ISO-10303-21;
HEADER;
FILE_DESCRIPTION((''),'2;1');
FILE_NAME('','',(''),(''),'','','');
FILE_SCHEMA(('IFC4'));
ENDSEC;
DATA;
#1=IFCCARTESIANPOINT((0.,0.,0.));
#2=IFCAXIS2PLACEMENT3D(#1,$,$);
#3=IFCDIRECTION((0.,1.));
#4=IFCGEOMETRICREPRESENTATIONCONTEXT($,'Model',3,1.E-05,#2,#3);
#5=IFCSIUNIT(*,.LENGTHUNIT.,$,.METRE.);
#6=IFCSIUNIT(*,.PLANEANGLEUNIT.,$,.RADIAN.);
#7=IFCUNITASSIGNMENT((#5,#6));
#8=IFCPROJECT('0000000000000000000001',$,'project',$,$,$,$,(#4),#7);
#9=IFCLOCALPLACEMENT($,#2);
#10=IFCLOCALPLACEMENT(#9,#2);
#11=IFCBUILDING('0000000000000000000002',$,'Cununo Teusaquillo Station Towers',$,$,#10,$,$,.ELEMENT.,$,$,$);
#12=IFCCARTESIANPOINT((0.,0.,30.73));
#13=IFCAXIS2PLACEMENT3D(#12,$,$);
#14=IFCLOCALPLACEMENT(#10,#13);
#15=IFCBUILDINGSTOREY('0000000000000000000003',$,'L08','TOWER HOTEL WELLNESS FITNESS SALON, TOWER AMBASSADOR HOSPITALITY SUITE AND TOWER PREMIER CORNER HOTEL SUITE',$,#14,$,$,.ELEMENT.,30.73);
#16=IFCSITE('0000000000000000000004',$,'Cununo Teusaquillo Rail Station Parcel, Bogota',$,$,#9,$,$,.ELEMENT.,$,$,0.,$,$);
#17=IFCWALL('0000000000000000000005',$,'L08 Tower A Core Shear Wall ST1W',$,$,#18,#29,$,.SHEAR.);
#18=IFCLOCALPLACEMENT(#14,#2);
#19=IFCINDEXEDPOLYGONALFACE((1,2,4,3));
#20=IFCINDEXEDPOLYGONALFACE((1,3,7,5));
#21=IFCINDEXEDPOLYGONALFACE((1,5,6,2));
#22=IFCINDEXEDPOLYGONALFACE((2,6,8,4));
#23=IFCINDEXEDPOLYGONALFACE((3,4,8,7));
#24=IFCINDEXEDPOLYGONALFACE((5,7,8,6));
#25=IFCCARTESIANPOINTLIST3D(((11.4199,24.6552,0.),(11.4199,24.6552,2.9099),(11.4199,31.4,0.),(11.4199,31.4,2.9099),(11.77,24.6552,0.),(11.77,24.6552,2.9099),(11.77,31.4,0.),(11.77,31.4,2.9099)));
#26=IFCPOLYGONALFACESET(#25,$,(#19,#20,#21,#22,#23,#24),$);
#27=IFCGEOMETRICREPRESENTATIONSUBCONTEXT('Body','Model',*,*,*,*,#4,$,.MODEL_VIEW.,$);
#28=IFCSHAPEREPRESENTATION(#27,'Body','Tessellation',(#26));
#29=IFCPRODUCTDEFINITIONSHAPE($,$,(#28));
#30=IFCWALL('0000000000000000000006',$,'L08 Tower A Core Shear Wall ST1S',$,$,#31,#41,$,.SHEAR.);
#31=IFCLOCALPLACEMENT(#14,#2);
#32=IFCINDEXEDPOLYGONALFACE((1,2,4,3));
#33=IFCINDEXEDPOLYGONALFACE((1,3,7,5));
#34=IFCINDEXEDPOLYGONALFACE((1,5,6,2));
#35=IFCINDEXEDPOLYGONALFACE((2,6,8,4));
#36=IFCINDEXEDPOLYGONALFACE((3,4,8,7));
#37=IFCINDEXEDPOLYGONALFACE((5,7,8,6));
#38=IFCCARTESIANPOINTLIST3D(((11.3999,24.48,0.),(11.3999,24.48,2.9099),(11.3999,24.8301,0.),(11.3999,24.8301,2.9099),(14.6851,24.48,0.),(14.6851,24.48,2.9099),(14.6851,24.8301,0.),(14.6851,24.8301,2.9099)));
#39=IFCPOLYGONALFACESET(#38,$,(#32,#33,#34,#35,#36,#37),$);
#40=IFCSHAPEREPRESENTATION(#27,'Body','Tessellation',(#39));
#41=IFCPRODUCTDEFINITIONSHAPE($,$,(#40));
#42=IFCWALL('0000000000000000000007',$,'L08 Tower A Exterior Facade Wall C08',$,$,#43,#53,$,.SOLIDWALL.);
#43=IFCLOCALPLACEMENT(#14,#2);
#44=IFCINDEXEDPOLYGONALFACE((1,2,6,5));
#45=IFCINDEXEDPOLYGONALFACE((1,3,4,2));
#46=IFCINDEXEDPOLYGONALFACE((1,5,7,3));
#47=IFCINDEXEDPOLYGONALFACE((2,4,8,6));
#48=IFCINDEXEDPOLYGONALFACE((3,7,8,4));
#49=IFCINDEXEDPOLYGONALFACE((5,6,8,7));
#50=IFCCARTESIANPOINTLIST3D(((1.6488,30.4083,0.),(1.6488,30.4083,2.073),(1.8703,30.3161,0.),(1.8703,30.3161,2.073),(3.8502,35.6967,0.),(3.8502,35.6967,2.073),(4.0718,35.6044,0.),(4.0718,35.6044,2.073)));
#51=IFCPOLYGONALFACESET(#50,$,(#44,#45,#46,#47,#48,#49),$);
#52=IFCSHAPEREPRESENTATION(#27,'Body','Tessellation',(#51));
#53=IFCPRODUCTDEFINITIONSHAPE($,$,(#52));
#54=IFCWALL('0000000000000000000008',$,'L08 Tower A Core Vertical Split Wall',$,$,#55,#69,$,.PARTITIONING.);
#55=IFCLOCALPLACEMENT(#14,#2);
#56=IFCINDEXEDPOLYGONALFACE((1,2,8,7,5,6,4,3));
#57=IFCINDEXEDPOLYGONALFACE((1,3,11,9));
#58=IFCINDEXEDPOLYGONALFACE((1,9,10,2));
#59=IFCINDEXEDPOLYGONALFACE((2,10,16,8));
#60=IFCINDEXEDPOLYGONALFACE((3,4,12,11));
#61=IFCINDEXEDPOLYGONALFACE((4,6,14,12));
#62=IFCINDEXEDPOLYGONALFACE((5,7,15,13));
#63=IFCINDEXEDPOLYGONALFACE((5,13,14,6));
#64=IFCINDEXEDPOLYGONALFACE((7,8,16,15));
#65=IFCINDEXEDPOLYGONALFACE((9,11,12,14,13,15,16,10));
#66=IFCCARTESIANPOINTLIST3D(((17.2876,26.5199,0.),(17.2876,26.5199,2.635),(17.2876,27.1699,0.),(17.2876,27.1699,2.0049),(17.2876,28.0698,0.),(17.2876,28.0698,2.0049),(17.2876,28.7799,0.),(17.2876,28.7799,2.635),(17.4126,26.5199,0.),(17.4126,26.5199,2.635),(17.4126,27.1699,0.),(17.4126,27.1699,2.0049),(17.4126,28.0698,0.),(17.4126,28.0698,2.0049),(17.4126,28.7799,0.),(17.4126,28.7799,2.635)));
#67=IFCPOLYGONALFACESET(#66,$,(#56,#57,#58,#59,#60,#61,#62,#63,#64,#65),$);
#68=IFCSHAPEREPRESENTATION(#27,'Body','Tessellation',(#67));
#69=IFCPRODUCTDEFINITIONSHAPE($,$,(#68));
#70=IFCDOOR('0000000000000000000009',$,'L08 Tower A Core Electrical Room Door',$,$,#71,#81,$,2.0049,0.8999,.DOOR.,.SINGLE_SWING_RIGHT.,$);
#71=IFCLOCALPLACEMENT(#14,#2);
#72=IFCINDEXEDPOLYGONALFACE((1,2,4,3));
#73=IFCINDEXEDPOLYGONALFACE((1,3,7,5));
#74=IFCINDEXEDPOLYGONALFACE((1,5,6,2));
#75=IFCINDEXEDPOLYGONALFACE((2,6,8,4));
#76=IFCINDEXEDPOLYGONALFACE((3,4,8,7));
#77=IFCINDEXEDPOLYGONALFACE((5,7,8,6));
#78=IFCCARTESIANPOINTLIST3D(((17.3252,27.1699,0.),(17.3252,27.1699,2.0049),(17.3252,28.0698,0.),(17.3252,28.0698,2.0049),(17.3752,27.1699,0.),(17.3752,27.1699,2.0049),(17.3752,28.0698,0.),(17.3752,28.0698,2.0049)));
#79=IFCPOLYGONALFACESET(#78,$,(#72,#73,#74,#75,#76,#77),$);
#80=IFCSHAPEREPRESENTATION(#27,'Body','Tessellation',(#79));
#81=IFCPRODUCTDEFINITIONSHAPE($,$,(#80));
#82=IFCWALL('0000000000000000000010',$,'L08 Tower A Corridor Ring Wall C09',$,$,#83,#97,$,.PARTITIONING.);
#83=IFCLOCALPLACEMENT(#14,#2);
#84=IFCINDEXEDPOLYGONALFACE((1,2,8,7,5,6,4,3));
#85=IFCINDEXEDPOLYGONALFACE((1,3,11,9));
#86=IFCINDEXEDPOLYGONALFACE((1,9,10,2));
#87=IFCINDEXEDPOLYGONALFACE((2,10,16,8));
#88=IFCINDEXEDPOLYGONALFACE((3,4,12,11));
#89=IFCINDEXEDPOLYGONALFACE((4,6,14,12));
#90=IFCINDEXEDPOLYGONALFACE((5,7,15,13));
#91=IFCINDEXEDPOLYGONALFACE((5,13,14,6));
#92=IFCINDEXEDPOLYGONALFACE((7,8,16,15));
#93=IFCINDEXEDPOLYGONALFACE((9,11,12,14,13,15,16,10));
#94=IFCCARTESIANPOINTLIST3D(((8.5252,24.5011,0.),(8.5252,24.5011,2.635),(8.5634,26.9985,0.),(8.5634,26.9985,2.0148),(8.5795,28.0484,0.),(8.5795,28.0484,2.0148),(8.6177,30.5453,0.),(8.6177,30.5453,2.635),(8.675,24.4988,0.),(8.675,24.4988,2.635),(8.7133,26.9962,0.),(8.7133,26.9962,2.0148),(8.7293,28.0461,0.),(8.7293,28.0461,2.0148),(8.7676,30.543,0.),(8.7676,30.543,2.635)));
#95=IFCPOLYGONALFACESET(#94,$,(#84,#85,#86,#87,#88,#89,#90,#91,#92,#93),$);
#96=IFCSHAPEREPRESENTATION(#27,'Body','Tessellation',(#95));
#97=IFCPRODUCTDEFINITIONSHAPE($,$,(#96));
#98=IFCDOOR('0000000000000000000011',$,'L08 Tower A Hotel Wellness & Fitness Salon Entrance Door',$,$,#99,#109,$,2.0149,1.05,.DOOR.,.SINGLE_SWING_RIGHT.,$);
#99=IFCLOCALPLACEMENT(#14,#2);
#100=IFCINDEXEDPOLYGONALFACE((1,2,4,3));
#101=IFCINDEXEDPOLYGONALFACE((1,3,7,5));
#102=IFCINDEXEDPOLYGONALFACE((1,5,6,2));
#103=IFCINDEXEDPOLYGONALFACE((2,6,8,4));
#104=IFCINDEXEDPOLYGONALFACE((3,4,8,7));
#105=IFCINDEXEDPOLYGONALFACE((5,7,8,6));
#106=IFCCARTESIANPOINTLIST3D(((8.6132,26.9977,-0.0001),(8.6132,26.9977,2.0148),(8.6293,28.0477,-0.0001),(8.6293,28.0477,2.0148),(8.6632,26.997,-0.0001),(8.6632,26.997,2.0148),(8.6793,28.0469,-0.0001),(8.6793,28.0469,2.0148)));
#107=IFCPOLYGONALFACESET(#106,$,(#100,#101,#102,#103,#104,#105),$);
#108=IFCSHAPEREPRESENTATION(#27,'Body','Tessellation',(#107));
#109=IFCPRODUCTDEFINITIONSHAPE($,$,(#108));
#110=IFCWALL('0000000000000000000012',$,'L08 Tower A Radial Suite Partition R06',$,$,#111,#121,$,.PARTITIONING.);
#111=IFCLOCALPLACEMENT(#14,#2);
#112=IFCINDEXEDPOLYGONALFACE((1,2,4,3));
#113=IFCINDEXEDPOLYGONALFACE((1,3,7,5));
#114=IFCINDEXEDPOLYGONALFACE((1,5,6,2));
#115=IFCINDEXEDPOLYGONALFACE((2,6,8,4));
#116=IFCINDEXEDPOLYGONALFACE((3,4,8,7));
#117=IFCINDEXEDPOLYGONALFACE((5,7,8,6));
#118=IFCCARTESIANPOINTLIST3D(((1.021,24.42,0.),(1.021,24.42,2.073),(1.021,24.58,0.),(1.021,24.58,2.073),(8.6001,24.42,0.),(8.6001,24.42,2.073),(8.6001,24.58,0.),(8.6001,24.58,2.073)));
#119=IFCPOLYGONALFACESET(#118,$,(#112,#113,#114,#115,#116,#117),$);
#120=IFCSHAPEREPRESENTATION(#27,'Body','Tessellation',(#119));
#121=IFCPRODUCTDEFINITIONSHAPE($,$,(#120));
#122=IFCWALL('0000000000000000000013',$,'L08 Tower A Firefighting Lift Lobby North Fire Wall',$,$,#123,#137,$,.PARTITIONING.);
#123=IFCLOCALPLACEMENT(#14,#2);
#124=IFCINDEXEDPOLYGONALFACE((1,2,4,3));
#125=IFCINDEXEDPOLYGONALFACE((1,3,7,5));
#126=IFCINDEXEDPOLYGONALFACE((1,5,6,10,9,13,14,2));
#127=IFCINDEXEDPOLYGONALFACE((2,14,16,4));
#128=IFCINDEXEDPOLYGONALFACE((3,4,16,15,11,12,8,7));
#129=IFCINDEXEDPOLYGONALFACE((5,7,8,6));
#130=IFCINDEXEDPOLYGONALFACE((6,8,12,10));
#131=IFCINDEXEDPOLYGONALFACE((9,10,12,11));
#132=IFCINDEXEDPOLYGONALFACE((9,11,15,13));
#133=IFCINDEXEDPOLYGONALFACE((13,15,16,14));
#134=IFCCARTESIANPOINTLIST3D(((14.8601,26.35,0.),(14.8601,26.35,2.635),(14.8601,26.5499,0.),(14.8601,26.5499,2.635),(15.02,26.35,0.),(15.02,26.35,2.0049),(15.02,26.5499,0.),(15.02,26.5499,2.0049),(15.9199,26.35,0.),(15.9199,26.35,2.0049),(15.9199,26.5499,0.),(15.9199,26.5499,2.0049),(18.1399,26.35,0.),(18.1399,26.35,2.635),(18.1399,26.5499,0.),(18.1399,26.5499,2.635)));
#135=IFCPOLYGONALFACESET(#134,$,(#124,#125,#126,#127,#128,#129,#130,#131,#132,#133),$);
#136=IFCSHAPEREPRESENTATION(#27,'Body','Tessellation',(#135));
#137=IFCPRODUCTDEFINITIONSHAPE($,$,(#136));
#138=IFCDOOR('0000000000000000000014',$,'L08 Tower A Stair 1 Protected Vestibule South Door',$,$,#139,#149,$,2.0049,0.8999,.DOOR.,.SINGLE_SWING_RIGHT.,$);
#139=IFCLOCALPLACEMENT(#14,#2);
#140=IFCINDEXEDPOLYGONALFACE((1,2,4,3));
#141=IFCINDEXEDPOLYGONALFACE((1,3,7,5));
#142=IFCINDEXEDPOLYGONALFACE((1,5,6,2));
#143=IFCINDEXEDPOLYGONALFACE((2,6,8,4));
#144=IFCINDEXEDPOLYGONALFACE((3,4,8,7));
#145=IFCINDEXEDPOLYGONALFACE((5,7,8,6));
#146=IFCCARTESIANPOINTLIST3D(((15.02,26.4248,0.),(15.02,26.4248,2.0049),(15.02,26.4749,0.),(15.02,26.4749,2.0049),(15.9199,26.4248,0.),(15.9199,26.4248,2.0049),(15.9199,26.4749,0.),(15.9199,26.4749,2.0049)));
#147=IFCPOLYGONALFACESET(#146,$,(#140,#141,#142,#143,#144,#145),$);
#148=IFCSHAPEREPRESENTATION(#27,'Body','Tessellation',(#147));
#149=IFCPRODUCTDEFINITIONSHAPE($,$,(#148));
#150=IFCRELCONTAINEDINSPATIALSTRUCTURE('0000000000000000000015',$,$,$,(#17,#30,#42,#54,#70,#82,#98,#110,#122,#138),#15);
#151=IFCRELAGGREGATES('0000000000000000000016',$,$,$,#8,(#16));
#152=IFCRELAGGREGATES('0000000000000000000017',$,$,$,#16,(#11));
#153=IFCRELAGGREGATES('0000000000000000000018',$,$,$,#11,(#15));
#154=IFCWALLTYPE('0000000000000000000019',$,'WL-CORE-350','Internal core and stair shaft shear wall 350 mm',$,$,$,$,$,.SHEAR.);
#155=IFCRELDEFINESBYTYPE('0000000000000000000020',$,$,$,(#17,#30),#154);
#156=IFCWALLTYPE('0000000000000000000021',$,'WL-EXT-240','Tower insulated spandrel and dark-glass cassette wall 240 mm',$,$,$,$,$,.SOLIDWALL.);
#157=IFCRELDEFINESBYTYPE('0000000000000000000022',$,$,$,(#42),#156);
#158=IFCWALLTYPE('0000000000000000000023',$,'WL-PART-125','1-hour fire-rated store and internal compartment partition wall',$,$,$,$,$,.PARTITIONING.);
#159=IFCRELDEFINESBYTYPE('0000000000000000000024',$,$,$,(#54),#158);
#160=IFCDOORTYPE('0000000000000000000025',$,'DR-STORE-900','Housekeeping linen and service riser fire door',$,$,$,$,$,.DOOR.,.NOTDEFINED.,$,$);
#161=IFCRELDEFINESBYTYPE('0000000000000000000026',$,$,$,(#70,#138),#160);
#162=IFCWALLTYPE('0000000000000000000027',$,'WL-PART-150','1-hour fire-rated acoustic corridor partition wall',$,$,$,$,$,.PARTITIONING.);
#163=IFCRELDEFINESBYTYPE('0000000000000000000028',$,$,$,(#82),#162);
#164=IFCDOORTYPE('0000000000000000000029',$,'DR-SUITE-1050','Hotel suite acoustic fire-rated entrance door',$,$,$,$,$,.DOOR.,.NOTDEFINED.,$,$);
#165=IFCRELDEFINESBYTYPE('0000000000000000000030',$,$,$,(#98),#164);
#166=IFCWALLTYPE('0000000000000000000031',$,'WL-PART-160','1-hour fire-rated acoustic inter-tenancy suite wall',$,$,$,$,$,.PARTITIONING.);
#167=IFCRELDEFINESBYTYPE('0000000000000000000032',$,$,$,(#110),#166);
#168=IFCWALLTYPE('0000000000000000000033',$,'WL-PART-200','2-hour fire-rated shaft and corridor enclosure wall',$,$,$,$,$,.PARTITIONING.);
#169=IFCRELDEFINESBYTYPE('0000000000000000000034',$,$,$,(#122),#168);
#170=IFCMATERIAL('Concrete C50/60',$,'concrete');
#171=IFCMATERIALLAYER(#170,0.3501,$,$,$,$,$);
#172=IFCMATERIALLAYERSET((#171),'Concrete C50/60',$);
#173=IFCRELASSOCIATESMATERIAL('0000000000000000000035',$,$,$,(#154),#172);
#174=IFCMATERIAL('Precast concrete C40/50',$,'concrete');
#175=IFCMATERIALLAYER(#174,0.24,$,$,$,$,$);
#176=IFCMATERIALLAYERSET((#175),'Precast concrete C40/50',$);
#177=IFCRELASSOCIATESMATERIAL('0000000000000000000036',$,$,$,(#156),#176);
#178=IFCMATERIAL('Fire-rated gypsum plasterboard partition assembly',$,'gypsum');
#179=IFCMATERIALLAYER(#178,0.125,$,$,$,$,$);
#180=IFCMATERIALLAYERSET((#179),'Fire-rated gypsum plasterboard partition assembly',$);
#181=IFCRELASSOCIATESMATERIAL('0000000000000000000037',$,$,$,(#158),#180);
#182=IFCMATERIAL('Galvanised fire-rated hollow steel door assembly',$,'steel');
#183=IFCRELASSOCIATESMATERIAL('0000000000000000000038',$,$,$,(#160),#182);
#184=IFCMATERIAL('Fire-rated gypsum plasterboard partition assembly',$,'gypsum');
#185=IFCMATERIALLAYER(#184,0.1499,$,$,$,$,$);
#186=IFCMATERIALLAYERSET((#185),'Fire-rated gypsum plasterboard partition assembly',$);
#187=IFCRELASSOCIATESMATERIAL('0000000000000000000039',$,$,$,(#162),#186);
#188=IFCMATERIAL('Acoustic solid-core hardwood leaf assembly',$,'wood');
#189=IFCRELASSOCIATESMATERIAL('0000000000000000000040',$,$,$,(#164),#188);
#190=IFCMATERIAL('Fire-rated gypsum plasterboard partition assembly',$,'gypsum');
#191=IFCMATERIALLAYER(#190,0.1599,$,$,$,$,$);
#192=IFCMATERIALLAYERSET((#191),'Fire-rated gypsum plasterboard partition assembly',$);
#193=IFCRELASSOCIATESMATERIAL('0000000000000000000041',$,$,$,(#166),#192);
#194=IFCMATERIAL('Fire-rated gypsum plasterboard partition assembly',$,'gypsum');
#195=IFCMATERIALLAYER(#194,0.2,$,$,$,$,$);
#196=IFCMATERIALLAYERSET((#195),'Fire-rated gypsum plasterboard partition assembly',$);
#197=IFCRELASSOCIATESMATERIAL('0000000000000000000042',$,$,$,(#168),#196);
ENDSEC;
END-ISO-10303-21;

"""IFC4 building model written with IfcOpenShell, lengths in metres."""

from ifc_helpers import new_model, si_unit, direction, frame, frame_2d, origin, place, context, subcontext, project, spatial, rectangle, extrude, source, transform, mapped, material, layer, layer_set, type_object, element, fill, save


model = new_model("IFC4")

# Units and contexts
model_context = context("Model", 3, precision=1e-05, world=origin(), true_north=direction((0.0, 1.0)))
body_context = subcontext(model_context, "Body", "Model", "MODEL_VIEW")
ifc_project = project(units=[si_unit("LENGTHUNIT", "METRE"), si_unit("PLANEANGLEUNIT", "RADIAN")], contexts=[model_context])

# Site, building, storey
site_placement = place(None, origin())
site = spatial("IfcSite", under=ifc_project, at=site_placement, Name="Cununo Teusaquillo Rail Station Parcel, Bogota", CompositionType="ELEMENT", RefElevation=0.0)
building_placement = place(site_placement, origin())
building = spatial("IfcBuilding", under=site, at=building_placement, Name="Cununo Teusaquillo Station Towers", CompositionType="ELEMENT")
storey_placement = place(building_placement, frame((0.0, 0.0, 30.73)))
storey = spatial("IfcBuildingStorey", under=building, at=storey_placement, Name="L08", Description="TOWER HOTEL WELLNESS FITNESS SALON, TOWER AMBASSADOR HOSPITALITY SUITE AND TOWER PREMIER CORNER HOTEL SUITE", CompositionType="ELEMENT", Elevation=30.73)

# Walls
ifc_material_1 = material(Name="Concrete C50/60", Category="concrete")
ifc_layer_1 = layer(ifc_material_1, 0.3501)
ifc_layer_set_1 = layer_set([ifc_layer_1], Name="Concrete C50/60")
wall_type_1 = type_object("IfcWallType", Name="WL-CORE-350", Description="Internal core and stair shaft shear wall 350 mm", PredefinedType="SHEAR", material=ifc_layer_set_1)
wall_1_placement = place(storey_placement, frame((11.595, 24.655, 0.0), z_axis=(0.0, 0.0, 1.0), x_axis=(0.0, 1.0, 0.0)))
element("IfcWall", 1, at=wall_1_placement, inside=storey, type_object=wall_type_1, Name="L08 Tower A Core Shear Wall ST1W", PredefinedType="SHEAR", context=body_context, shape_type="SweptSolid", body=[
    extrude(rectangle(XDim=6.7449, YDim=0.3501, at=frame_2d((3.3726, 0.0))), origin(), (0.0, 0.0, 1.0), 2.9099),
])
wall_2_placement = place(storey_placement, frame((11.3999, 24.655, 0.0), z_axis=(0.0, 0.0, 1.0), x_axis=(1.0, 0.0, 0.0)))
element("IfcWall", 2, at=wall_2_placement, inside=storey, type_object=wall_type_1, Name="L08 Tower A Core Shear Wall ST1S", PredefinedType="SHEAR", context=body_context, shape_type="SweptSolid", body=[
    extrude(rectangle(XDim=3.2852, YDim=0.3501, at=frame_2d((1.6426, 0.0))), origin(), (0.0, 0.0, 1.0), 2.9099),
])
ifc_material_2 = material(Name="Precast concrete C40/50", Category="concrete")
ifc_layer_2 = layer(ifc_material_2, 0.24)
ifc_layer_set_2 = layer_set([ifc_layer_2], Name="Precast concrete C40/50")
wall_type_2 = type_object("IfcWallType", Name="WL-EXT-240", Description="Tower insulated spandrel and dark-glass cassette wall 240 mm", PredefinedType="SOLIDWALL", material=ifc_layer_set_2)
wall_3_placement = place(storey_placement, frame((1.7595, 30.3621, 0.0), z_axis=(0.0, 0.0, 1.0), x_axis=(0.38431, 0.923204, 0.0)))
element("IfcWall", 3, at=wall_3_placement, inside=storey, type_object=wall_type_2, Name="L08 Tower A Exterior Facade Wall C08", PredefinedType="SOLIDWALL", context=body_context, shape_type="SweptSolid", body=[
    extrude(rectangle(XDim=5.7283, YDim=0.24, at=frame_2d((2.8643, 0.0))), origin(), (0.0, 0.0, 1.0), 2.073),
])

# Walls, openings, doors
ifc_material_3 = material(Name="Fire-rated gypsum plasterboard partition assembly", Category="gypsum")
ifc_layer_3 = layer(ifc_material_3, 0.125)
ifc_layer_set_3 = layer_set([ifc_layer_3], Name="Fire-rated gypsum plasterboard partition assembly")
wall_type_3 = type_object("IfcWallType", Name="WL-PART-125", Description="1-hour fire-rated store and internal compartment partition wall", PredefinedType="PARTITIONING", material=ifc_layer_set_3)
wall_4_placement = place(storey_placement, frame((17.3501, 26.52, 0.0), z_axis=(0.0, 0.0, 1.0), x_axis=(0.0, 1.0, 0.0)))
wall_4 = element("IfcWall", 4, at=wall_4_placement, inside=storey, type_object=wall_type_3, Name="L08 Tower A Core Vertical Split Wall", PredefinedType="PARTITIONING", context=body_context, shape_type="SweptSolid", body=[
    extrude(rectangle(XDim=2.26, YDim=0.125, at=frame_2d((1.1299, 0.0))), origin(), (0.0, 0.0, 1.0), 2.635),
])
shared_shape_1 = source(origin(), body_context, "Body", "SweptSolid", [
    extrude(rectangle(XDim=0.8999, YDim=2.0049, at=frame_2d((0.45, 1.0024))), frame((0.0, 0.0725, 0.0), z_axis=(0.0, -1.0, 0.0), x_axis=(1.0, 0.0, 0.0)), (0.0, 0.0, 1.0), 0.145),
])
opening_1_placement = place(wall_4_placement, frame((0.6499, 0.0, 0.0)))
opening_1 = element("IfcOpeningElement", 5, at=opening_1_placement, cuts=wall_4, PredefinedType="OPENING", context=body_context, shape_type="MappedRepresentation", body=[
    mapped(shared_shape_1, transform((0.0, 0.0, 0.0), x_axis=(1.0, 0.0, 0.0), y_axis=(0.0, 1.0, 0.0), z_axis=(0.0, 0.0, 1.0), scale=1.0)),
])
ifc_material_4 = material(Name="Galvanised fire-rated hollow steel door assembly", Category="steel")
door_type_1 = type_object("IfcDoorType", Name="DR-STORE-900", Description="Housekeeping linen and service riser fire door", OperationType="NOTDEFINED", PredefinedType="DOOR", material=ifc_material_4)
shared_shape_2 = source(origin(), body_context, "Body", "SweptSolid", [
    extrude(rectangle(XDim=0.8999, YDim=2.0049, at=frame_2d((0.45, 1.0024))), frame((0.0, 0.0249, 0.0), z_axis=(0.0, -1.0, 0.0), x_axis=(1.0, 0.0, 0.0)), (0.0, 0.0, 1.0), 0.05),
])
door_1_placement = place(opening_1_placement, origin())
door_1 = element("IfcDoor", 6, at=door_1_placement, inside=storey, type_object=door_type_1, Name="L08 Tower A Core Electrical Room Door", OperationType="SINGLE_SWING_RIGHT", OverallHeight=2.0049, OverallWidth=0.8999, PredefinedType="DOOR", context=body_context, shape_type="MappedRepresentation", body=[
    mapped(shared_shape_2, transform((0.0, 0.0, 0.0), x_axis=(1.0, 0.0, 0.0), y_axis=(0.0, 1.0, 0.0), z_axis=(0.0, 0.0, 1.0), scale=1.0)),
])
fill(opening_1, door_1)
ifc_material_5 = material(Name="Fire-rated gypsum plasterboard partition assembly", Category="gypsum")
ifc_layer_4 = layer(ifc_material_5, 0.1499)
ifc_layer_set_4 = layer_set([ifc_layer_4], Name="Fire-rated gypsum plasterboard partition assembly")
wall_type_4 = type_object("IfcWallType", Name="WL-PART-150", Description="1-hour fire-rated acoustic corridor partition wall", PredefinedType="PARTITIONING", material=ifc_layer_set_4)
wall_5_placement = place(storey_placement, frame((8.6926, 30.5442, 0.0), z_axis=(0.0, 0.0, 1.0), x_axis=(-0.015307, -0.999883, 0.0)))
wall_5 = element("IfcWall", 7, at=wall_5_placement, inside=storey, type_object=wall_type_4, Name="L08 Tower A Corridor Ring Wall C09", PredefinedType="PARTITIONING", context=body_context, shape_type="SweptSolid", body=[
    extrude(rectangle(XDim=6.0449, YDim=0.1499, at=frame_2d((3.0225, 0.0))), origin(), (0.0, 0.0, 1.0), 2.635),
])
shared_shape_3 = source(origin(), body_context, "Body", "SweptSolid", [
    extrude(rectangle(XDim=1.05, YDim=2.0149, at=frame_2d((0.5249, 1.0073))), frame((0.0, 0.085, 0.0), z_axis=(0.0, -1.0, 0.0), x_axis=(1.0, 0.0, 0.0)), (0.0, 0.0, 1.0), 0.1699),
])
opening_2_placement = place(wall_5_placement, frame((2.4973, 0.0, 0.0)))
opening_2 = element("IfcOpeningElement", 8, at=opening_2_placement, cuts=wall_5, PredefinedType="OPENING", context=body_context, shape_type="MappedRepresentation", body=[
    mapped(shared_shape_3, transform((0.0, 0.0, 0.0), x_axis=(1.0, 0.0, 0.0), y_axis=(0.0, 1.0, 0.0), z_axis=(0.0, 0.0, 1.0), scale=1.0)),
])
ifc_material_6 = material(Name="Acoustic solid-core hardwood leaf assembly", Category="wood")
door_type_2 = type_object("IfcDoorType", Name="DR-SUITE-1050", Description="Hotel suite acoustic fire-rated entrance door", OperationType="NOTDEFINED", PredefinedType="DOOR", material=ifc_material_6)
shared_shape_4 = source(origin(), body_context, "Body", "SweptSolid", [
    extrude(rectangle(XDim=1.05, YDim=2.0149, at=frame_2d((0.5249, 1.0073))), frame((0.0, 0.0249, 0.0), z_axis=(0.0, -1.0, 0.0), x_axis=(1.0, 0.0, 0.0)), (0.0, 0.0, 1.0), 0.05),
])
door_2_placement = place(opening_2_placement, origin())
door_2 = element("IfcDoor", 9, at=door_2_placement, inside=storey, type_object=door_type_2, Name="L08 Tower A Hotel Wellness & Fitness Salon Entrance Door", OperationType="SINGLE_SWING_RIGHT", OverallHeight=2.0149, OverallWidth=1.05, PredefinedType="DOOR", context=body_context, shape_type="MappedRepresentation", body=[
    mapped(shared_shape_4, transform((0.0, 0.0, 0.0), x_axis=(1.0, 0.0, 0.0), y_axis=(0.0, 1.0, 0.0), z_axis=(0.0, 0.0, 1.0), scale=1.0)),
])
fill(opening_2, door_2)

# Wall
ifc_material_7 = material(Name="Fire-rated gypsum plasterboard partition assembly", Category="gypsum")
ifc_layer_5 = layer(ifc_material_7, 0.1599)
ifc_layer_set_5 = layer_set([ifc_layer_5], Name="Fire-rated gypsum plasterboard partition assembly")
wall_type_5 = type_object("IfcWallType", Name="WL-PART-160", Description="1-hour fire-rated acoustic inter-tenancy suite wall", PredefinedType="PARTITIONING", material=ifc_layer_set_5)
wall_6_placement = place(storey_placement, frame((8.6001, 24.5, 0.0), z_axis=(0.0, 0.0, 1.0), x_axis=(-1.0, 0.0, 0.0)))
element("IfcWall", 10, at=wall_6_placement, inside=storey, type_object=wall_type_5, Name="L08 Tower A Radial Suite Partition R06", PredefinedType="PARTITIONING", context=body_context, shape_type="SweptSolid", body=[
    extrude(rectangle(XDim=7.5791, YDim=0.1599, at=frame_2d((3.7896, 0.0))), origin(), (0.0, 0.0, 1.0), 2.073),
])

# Wall, opening, door
ifc_material_8 = material(Name="Fire-rated gypsum plasterboard partition assembly", Category="gypsum")
ifc_layer_6 = layer(ifc_material_8, 0.2)
ifc_layer_set_6 = layer_set([ifc_layer_6], Name="Fire-rated gypsum plasterboard partition assembly")
wall_type_6 = type_object("IfcWallType", Name="WL-PART-200", Description="2-hour fire-rated shaft and corridor enclosure wall", PredefinedType="PARTITIONING", material=ifc_layer_set_6)
wall_7_placement = place(storey_placement, frame((14.8601, 26.45, 0.0), z_axis=(0.0, 0.0, 1.0), x_axis=(1.0, 0.0, 0.0)))
wall_7 = element("IfcWall", 11, at=wall_7_placement, inside=storey, type_object=wall_type_6, Name="L08 Tower A Firefighting Lift Lobby North Fire Wall", PredefinedType="PARTITIONING", context=body_context, shape_type="SweptSolid", body=[
    extrude(rectangle(XDim=3.2798, YDim=0.2, at=frame_2d((1.6399, 0.0))), origin(), (0.0, 0.0, 1.0), 2.635),
])
shared_shape_5 = source(origin(), body_context, "Body", "SweptSolid", [
    extrude(rectangle(XDim=0.8999, YDim=2.0049, at=frame_2d((0.45, 1.0024))), frame((0.0, 0.1099, 0.0), z_axis=(0.0, -1.0, 0.0), x_axis=(1.0, 0.0, 0.0)), (0.0, 0.0, 1.0), 0.22),
])
opening_3_placement = place(wall_7_placement, frame((0.1599, 0.0, 0.0)))
opening_3 = element("IfcOpeningElement", 12, at=opening_3_placement, cuts=wall_7, PredefinedType="OPENING", context=body_context, shape_type="MappedRepresentation", body=[
    mapped(shared_shape_5, transform((0.0, 0.0, 0.0), x_axis=(1.0, 0.0, 0.0), y_axis=(0.0, 1.0, 0.0), z_axis=(0.0, 0.0, 1.0), scale=1.0)),
])
door_3_placement = place(opening_3_placement, origin())
door_3 = element("IfcDoor", 13, at=door_3_placement, inside=storey, type_object=door_type_1, Name="L08 Tower A Stair 1 Protected Vestibule South Door", OperationType="SINGLE_SWING_RIGHT", OverallHeight=2.0049, OverallWidth=0.8999, PredefinedType="DOOR", context=body_context, shape_type="MappedRepresentation", body=[
    mapped(shared_shape_2, transform((0.0, 0.0, 0.0), x_axis=(1.0, 0.0, 0.0), y_axis=(0.0, 1.0, 0.0), z_axis=(0.0, 0.0, 1.0), scale=1.0)),
])
fill(opening_3, door_3)

save(model, "model.ifc")
